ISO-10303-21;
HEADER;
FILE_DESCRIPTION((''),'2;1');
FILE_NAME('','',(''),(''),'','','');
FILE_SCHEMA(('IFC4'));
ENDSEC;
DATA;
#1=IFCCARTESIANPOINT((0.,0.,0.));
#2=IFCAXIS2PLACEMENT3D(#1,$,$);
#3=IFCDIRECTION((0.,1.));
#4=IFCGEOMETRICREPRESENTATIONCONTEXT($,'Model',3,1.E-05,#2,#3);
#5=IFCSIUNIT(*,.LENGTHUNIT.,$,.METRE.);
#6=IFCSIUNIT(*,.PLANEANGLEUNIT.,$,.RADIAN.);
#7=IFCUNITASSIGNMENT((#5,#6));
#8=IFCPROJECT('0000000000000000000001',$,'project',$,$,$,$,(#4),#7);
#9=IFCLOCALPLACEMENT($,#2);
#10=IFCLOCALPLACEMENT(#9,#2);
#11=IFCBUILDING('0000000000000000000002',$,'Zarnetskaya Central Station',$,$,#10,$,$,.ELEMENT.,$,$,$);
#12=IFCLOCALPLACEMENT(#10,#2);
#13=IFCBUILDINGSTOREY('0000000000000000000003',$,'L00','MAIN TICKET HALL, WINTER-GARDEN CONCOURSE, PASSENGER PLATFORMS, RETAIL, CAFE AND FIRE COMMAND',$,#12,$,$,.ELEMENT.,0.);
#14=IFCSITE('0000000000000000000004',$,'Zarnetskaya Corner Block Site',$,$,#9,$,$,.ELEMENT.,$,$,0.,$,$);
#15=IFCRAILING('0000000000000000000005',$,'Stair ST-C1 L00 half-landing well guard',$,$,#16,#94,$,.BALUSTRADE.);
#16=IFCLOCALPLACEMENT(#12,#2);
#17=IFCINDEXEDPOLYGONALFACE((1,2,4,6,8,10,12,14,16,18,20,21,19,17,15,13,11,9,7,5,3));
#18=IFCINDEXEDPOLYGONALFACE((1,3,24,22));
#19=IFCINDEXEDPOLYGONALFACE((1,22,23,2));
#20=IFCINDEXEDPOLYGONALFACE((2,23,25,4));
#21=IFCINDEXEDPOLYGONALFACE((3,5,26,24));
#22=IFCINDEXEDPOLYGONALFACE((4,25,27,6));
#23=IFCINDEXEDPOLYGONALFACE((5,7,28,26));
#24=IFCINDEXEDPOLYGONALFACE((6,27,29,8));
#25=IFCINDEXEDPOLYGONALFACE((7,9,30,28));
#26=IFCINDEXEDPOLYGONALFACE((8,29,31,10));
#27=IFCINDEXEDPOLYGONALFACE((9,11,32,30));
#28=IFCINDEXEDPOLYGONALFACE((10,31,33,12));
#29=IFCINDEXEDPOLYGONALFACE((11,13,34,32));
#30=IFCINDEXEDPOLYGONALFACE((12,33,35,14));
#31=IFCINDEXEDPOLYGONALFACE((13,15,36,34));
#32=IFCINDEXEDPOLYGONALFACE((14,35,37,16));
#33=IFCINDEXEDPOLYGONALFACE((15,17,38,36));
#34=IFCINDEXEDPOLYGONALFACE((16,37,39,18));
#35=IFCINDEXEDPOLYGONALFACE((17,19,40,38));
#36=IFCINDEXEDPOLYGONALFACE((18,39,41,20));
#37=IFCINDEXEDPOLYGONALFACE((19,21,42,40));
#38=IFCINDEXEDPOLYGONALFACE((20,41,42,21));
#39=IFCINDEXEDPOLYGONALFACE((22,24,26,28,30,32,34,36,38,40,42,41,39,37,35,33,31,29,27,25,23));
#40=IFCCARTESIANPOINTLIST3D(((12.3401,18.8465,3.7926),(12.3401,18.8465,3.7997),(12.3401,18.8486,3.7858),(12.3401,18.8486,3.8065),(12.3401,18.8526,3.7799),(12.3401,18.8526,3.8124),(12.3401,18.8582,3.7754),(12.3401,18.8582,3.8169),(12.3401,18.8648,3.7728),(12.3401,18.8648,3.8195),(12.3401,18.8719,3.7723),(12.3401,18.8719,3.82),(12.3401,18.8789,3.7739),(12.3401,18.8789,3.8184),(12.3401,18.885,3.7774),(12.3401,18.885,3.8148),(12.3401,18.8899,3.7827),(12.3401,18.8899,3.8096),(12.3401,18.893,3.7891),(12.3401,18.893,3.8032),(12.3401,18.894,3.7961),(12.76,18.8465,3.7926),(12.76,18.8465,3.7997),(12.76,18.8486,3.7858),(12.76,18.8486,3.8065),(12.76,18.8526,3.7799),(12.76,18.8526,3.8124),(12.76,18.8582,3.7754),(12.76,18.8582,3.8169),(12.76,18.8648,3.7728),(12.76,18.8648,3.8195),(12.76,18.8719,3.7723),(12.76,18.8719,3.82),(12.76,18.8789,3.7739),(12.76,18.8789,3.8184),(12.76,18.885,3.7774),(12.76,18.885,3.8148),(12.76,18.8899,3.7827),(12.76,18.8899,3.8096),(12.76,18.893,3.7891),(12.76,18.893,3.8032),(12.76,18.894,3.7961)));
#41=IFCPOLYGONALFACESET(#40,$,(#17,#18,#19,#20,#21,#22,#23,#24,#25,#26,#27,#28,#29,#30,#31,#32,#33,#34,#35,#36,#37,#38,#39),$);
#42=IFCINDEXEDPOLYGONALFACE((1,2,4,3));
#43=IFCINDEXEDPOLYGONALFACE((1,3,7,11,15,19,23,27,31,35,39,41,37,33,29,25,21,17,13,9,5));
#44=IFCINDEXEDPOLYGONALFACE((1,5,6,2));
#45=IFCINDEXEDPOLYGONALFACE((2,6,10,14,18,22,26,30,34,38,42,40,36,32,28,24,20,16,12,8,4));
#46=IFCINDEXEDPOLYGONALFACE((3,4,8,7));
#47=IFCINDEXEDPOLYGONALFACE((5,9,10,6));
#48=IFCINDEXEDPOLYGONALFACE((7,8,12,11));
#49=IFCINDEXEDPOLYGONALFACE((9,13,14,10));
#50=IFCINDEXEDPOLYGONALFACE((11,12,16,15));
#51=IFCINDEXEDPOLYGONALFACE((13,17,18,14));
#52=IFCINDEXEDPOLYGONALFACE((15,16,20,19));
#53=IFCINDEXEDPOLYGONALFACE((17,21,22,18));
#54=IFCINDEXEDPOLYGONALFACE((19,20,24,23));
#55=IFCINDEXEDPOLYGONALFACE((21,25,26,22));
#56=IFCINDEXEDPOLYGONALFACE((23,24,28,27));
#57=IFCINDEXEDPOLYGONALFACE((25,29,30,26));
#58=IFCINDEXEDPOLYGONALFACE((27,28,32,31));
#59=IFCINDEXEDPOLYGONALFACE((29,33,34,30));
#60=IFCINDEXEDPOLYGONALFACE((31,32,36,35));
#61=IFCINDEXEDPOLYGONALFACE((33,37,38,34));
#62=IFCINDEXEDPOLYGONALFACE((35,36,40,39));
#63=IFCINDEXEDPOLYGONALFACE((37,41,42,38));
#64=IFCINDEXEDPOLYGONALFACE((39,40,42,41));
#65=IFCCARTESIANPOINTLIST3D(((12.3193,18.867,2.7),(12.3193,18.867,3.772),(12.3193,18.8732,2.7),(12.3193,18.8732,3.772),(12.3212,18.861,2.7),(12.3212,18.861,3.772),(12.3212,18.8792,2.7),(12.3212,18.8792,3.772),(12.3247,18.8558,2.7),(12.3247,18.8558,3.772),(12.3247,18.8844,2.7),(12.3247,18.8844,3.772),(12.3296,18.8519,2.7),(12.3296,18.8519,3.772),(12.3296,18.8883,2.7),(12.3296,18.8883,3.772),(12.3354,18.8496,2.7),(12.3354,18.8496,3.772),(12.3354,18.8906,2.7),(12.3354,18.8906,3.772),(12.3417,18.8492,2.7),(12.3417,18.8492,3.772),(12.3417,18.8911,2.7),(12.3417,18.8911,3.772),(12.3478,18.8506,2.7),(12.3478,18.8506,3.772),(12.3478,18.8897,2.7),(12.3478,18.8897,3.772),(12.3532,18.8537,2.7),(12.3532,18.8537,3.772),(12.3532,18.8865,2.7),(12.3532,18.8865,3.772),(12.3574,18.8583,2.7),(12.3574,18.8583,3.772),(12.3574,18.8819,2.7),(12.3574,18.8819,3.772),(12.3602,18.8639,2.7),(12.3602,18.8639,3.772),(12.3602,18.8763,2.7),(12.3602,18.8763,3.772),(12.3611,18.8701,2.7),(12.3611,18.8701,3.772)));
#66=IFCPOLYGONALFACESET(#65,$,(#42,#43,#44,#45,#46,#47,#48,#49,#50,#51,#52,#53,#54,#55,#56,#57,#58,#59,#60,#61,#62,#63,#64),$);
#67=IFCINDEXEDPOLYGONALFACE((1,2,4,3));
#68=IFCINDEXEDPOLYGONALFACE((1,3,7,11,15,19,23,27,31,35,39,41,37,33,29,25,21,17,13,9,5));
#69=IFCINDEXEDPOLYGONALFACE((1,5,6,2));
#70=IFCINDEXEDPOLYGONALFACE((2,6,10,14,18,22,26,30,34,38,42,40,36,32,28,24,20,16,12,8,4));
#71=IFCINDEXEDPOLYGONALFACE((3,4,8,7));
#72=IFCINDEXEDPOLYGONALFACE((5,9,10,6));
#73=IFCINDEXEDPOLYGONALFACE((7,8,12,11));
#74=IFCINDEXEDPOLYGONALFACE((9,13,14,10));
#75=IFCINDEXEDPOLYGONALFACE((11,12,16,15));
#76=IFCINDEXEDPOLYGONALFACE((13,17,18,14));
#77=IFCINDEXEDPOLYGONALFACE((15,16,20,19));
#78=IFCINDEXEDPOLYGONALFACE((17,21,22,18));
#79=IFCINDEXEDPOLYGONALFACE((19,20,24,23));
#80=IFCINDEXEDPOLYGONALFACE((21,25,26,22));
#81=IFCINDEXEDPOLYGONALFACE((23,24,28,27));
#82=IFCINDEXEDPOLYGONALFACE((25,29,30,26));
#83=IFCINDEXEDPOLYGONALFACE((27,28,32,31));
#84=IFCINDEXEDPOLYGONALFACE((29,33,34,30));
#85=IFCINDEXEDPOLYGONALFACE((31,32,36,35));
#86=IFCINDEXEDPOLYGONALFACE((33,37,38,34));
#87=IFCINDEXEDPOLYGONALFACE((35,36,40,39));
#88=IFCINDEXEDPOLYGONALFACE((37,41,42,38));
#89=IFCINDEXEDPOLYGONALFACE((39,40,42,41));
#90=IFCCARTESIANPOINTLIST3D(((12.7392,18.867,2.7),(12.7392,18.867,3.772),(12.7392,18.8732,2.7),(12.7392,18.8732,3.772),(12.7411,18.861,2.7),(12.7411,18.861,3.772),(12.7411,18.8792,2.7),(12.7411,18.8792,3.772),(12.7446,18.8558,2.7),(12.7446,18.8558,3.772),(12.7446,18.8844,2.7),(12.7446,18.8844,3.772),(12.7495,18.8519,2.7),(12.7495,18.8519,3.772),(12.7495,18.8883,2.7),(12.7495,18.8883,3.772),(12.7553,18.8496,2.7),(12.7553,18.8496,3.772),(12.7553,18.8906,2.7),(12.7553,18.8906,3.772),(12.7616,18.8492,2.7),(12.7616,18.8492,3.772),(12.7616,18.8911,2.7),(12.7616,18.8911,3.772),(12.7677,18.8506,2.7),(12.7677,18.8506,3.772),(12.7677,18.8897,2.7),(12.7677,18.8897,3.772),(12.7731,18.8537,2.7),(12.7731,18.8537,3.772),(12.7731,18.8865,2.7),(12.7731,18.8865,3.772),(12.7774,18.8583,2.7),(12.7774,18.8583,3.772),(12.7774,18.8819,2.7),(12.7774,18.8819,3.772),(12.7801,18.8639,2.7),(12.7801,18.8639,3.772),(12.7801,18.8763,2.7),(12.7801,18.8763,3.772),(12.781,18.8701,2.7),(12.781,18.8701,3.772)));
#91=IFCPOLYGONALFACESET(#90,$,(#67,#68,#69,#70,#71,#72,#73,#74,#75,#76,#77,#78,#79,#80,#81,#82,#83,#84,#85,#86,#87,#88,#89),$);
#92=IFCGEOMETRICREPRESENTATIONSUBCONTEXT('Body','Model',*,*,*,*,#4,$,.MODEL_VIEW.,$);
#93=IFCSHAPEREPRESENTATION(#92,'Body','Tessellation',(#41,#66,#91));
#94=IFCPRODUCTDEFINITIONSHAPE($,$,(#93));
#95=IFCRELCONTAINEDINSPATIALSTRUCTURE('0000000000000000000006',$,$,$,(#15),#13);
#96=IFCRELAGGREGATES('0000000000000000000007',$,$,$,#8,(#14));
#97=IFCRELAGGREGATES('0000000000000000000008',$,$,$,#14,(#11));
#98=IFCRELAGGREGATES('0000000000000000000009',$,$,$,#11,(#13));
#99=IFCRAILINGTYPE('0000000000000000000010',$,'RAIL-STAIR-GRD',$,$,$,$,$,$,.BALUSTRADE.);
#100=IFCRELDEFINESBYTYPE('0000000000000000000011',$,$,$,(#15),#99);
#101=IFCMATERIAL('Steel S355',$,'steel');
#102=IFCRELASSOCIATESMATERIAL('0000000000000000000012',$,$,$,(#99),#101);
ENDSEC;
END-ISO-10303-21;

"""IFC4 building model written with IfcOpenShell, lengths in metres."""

from ifc_helpers import new_model, si_unit, direction, frame, origin, origin_2d, place, context, subcontext, project, spatial, circle, extrude, material, type_object, element, save


model = new_model("IFC4")

# Units and contexts
model_context = context("Model", 3, precision=1e-05, world=origin(), true_north=direction((0.0, 1.0)))
body_context = subcontext(model_context, "Body", "Model", "MODEL_VIEW")
ifc_project = project(units=[si_unit("LENGTHUNIT", "METRE"), si_unit("PLANEANGLEUNIT", "RADIAN")], contexts=[model_context])

# Site, building, storey
site_placement = place(None, origin())
site = spatial("IfcSite", under=ifc_project, at=site_placement, Name="Zarnetskaya Corner Block Site", CompositionType="ELEMENT", RefElevation=0.0)
building_placement = place(site_placement, origin())
building = spatial("IfcBuilding", under=site, at=building_placement, Name="Zarnetskaya Central Station", CompositionType="ELEMENT")
storey_placement = place(building_placement, origin())
storey = spatial("IfcBuildingStorey", under=building, at=storey_placement, Name="L00", Description="MAIN TICKET HALL, WINTER-GARDEN CONCOURSE, PASSENGER PLATFORMS, RETAIL, CAFE AND FIRE COMMAND", CompositionType="ELEMENT", Elevation=0.0)

# Shared definitions
ifc_material_1 = material(Name="Steel S355", Category="steel")

# Railing
railing_type_1 = type_object("IfcRailingType", Name="RAIL-STAIR-GRD", PredefinedType="BALUSTRADE", material=ifc_material_1)
railing_1_placement = place(storey_placement, frame((12.3401, 18.8701, 2.7)))
element("IfcRailing", 1, at=railing_1_placement, inside=storey, type_object=railing_type_1, Name="Stair ST-C1 L00 half-landing well guard", PredefinedType="BALUSTRADE", context=body_context, shape_type="SweptSolid", body=[
    extrude(circle(Radius=0.0239, at=origin_2d()), frame((0.0, 0.0, 1.0962), z_axis=(1.0, 0.0, 0.0), x_axis=(0.0, 1.0, 0.0)), (0.0, 0.0, 1.0), 0.4199),
    extrude(circle(Radius=0.021, at=origin_2d()), origin(), (0.0, 0.0, 1.0), 1.072),
    extrude(circle(Radius=0.021, at=origin_2d()), frame((0.4199, 0.0, 0.0)), (0.0, 0.0, 1.0), 1.072),
])

save(model, "model.ifc")
